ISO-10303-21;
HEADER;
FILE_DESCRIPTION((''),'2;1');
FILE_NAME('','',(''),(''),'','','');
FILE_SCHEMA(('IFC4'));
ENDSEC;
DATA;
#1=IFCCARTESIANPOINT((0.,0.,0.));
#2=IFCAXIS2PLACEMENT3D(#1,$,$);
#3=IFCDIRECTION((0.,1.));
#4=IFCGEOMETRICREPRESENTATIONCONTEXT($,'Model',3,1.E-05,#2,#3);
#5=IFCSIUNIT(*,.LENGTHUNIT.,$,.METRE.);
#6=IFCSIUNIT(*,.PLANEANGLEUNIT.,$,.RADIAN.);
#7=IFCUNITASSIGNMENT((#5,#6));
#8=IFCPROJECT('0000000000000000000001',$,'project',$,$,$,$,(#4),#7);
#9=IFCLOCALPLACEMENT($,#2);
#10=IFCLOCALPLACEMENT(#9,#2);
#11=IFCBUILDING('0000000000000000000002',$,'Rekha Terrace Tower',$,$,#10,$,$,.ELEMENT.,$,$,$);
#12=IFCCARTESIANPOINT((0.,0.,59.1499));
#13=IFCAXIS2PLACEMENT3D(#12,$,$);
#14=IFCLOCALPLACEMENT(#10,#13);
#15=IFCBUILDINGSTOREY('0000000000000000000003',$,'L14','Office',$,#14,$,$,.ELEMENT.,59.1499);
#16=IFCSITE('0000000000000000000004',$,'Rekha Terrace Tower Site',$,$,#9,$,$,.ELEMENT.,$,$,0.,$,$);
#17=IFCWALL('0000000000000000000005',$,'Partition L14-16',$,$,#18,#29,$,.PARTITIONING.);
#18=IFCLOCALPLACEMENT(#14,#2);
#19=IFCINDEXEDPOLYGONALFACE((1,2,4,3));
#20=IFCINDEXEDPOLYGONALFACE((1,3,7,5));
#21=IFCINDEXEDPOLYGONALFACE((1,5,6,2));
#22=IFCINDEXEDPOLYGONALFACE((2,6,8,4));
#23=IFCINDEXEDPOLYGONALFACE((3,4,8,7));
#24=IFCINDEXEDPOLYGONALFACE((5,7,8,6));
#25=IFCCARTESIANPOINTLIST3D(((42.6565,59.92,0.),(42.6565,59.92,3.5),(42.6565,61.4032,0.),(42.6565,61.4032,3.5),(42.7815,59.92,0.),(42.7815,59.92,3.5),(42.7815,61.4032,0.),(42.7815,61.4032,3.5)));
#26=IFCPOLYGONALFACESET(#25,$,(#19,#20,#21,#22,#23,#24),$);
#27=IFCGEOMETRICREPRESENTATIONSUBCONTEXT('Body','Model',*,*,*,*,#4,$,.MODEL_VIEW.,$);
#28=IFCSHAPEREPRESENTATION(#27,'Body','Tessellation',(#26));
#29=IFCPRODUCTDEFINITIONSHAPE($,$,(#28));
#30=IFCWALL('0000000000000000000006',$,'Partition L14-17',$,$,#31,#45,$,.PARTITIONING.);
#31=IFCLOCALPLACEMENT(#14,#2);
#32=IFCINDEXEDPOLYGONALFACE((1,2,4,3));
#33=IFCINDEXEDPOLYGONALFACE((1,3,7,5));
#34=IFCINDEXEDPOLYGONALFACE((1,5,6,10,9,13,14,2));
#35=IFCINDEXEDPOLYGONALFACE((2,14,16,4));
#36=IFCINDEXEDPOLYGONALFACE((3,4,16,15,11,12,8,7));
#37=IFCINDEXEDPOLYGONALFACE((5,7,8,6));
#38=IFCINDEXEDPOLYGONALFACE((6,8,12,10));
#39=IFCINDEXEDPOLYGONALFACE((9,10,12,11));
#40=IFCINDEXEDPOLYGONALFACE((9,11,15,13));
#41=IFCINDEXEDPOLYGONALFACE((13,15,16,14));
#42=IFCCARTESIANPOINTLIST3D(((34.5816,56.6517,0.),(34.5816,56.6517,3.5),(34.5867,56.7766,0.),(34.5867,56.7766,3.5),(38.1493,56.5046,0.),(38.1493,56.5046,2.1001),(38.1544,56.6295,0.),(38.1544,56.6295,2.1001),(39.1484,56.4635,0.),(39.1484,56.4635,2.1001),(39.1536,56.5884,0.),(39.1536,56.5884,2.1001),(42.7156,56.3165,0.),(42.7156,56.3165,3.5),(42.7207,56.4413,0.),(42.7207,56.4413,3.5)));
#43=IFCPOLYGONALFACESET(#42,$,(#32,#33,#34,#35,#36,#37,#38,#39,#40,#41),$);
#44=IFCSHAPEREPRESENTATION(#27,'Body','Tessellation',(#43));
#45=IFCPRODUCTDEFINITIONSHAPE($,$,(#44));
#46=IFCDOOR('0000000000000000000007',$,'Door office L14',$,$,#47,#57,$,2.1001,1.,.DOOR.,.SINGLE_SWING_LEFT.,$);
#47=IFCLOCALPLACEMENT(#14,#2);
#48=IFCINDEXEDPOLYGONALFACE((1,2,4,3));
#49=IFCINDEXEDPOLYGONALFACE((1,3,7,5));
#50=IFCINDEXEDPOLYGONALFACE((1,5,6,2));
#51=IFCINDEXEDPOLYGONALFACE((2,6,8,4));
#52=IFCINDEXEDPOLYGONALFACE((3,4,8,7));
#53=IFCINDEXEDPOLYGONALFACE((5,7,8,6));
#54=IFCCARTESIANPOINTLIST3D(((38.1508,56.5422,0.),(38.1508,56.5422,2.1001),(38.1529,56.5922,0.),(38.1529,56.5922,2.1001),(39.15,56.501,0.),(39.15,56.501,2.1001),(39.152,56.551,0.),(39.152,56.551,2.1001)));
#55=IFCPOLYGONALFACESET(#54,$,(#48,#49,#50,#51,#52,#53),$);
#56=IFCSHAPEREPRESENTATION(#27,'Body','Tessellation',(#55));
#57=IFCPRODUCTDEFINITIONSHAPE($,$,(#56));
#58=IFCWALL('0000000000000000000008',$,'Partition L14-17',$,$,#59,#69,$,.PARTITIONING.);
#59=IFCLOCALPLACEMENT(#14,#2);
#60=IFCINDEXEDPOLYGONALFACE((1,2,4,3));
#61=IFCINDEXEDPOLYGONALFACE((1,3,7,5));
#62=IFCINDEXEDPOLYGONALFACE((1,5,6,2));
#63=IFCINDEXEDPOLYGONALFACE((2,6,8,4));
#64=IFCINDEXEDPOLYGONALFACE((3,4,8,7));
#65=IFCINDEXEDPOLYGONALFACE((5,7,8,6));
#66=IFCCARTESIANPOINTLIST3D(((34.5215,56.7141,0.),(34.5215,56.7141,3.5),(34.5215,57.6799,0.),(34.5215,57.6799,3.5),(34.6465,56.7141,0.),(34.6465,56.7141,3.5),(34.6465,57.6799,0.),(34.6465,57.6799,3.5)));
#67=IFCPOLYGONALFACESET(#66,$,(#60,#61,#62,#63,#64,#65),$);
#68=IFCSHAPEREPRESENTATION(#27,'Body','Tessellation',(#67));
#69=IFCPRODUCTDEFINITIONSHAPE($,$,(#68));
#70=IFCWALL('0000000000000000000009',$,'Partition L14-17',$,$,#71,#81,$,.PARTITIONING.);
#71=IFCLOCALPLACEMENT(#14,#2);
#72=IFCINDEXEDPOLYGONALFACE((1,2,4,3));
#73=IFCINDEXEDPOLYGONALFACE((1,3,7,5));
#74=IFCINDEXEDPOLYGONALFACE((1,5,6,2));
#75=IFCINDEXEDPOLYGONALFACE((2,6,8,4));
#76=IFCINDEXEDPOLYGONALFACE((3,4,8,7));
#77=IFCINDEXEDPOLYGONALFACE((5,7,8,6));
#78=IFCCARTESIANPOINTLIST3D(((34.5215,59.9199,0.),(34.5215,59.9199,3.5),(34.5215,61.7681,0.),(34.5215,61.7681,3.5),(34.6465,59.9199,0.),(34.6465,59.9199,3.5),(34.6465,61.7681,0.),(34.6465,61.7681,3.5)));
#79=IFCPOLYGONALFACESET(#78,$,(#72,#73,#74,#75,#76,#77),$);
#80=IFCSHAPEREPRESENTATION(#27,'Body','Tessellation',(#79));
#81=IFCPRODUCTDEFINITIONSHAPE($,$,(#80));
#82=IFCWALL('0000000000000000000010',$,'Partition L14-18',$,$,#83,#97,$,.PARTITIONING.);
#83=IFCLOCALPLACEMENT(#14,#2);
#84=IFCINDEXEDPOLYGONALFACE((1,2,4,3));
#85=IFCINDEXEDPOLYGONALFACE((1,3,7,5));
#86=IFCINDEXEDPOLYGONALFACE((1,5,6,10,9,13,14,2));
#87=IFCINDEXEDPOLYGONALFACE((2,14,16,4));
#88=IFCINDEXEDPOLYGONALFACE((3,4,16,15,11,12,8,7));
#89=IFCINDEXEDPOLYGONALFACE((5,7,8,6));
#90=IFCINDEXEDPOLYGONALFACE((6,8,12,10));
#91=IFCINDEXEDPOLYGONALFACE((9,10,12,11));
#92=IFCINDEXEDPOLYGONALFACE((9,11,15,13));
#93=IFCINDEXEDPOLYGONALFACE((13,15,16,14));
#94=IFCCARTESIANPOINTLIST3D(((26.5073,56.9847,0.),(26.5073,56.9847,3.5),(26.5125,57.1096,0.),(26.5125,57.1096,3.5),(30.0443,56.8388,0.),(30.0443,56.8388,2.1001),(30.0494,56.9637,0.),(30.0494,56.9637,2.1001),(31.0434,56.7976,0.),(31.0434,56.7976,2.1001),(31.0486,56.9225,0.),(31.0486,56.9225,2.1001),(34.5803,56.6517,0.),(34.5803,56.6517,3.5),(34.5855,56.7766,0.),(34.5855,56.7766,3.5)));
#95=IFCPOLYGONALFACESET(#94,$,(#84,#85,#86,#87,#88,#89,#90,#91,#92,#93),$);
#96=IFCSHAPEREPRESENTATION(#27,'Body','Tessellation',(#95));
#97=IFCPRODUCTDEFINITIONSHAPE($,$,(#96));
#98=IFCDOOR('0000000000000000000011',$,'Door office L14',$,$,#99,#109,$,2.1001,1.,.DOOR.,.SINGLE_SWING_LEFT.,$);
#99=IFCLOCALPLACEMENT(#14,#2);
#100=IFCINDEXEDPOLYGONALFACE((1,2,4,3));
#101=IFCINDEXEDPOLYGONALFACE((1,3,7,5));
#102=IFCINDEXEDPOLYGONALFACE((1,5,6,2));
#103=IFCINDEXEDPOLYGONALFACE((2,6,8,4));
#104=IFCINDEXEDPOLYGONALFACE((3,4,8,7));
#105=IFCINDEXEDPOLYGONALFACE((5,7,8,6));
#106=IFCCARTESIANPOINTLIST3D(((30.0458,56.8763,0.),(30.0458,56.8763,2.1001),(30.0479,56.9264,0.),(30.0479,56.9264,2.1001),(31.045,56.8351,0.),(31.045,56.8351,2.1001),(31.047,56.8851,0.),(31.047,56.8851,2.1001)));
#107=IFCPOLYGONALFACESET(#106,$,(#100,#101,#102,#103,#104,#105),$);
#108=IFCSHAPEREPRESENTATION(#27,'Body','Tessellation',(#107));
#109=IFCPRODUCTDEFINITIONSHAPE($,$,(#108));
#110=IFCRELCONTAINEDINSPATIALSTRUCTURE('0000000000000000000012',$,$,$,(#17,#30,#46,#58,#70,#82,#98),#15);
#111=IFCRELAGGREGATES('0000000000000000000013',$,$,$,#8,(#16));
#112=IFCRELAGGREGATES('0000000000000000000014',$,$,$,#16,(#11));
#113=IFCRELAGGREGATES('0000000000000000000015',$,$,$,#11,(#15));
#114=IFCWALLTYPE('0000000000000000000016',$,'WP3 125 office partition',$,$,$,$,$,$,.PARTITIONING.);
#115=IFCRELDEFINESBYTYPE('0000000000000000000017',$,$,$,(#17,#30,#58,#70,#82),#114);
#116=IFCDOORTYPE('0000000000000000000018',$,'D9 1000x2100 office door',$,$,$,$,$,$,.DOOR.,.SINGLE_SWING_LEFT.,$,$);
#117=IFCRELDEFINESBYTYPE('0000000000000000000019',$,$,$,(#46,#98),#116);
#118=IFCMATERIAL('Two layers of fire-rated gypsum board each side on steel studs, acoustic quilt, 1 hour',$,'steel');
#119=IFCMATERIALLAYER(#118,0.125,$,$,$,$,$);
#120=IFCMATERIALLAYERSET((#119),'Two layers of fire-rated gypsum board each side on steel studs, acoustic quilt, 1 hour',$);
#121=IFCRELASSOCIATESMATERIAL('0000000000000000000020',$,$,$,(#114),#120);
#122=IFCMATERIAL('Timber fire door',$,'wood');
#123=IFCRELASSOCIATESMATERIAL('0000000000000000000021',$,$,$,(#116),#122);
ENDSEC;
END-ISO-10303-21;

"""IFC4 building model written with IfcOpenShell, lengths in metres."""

from ifc_helpers import new_model, si_unit, direction, frame, frame_2d, origin, place, context, subcontext, project, spatial, rectangle, extrude, material, layer, layer_set, type_object, element, fill, save


model = new_model("IFC4")

# Units and contexts
model_context = context("Model", 3, precision=1e-05, world=origin(), true_north=direction((0.0, 1.0)))
body_context = subcontext(model_context, "Body", "Model", "MODEL_VIEW")
ifc_project = project(units=[si_unit("LENGTHUNIT", "METRE"), si_unit("PLANEANGLEUNIT", "RADIAN")], contexts=[model_context])

# Site, building, storey
site_placement = place(None, origin())
site = spatial("IfcSite", under=ifc_project, at=site_placement, Name="Rekha Terrace Tower Site", CompositionType="ELEMENT", RefElevation=0.0)
building_placement = place(site_placement, origin())
building = spatial("IfcBuilding", under=site, at=building_placement, Name="Rekha Terrace Tower", CompositionType="ELEMENT")
storey_placement = place(building_placement, frame((0.0, 0.0, 59.1499)))
storey = spatial("IfcBuildingStorey", under=building, at=storey_placement, Name="L14", Description="Office", CompositionType="ELEMENT", Elevation=59.1499)

# Wall
ifc_material_1 = material(Name="Two layers of fire-rated gypsum board each side on steel studs, acoustic quilt, 1 hour", Category="steel")
ifc_layer_1 = layer(ifc_material_1, 0.125)
ifc_layer_set_1 = layer_set([ifc_layer_1], Name="Two layers of fire-rated gypsum board each side on steel studs, acoustic quilt, 1 hour")
wall_type_1 = type_object("IfcWallType", Name="WP3 125 office partition", PredefinedType="PARTITIONING", material=ifc_layer_set_1)
wall_1_placement = place(storey_placement, frame((42.719, 59.9199, 0.0), z_axis=(0.0, 0.0, 1.0), x_axis=(0.0, 1.0, 0.0)))
element("IfcWall", 1, at=wall_1_placement, inside=storey, type_object=wall_type_1, Name="Partition L14-16", PredefinedType="PARTITIONING", context=body_context, shape_type="SweptSolid", body=[
    extrude(rectangle(XDim=1.4832, YDim=0.125, at=frame_2d((0.7417, 0.0))), origin(), (0.0, 0.0, 1.0), 3.5),
])

# Wall, opening, door
wall_2_placement = place(storey_placement, frame((42.718, 56.3789, 0.0), z_axis=(0.0, 0.0, 1.0), x_axis=(-0.999152, 0.041175, 0.0)))
wall_2 = element("IfcWall", 2, at=wall_2_placement, inside=storey, type_object=wall_type_1, Name="Partition L14-17", PredefinedType="PARTITIONING", context=body_context, shape_type="SweptSolid", body=[
    extrude(rectangle(XDim=8.1409, YDim=0.125, at=frame_2d((4.0703, 0.0))), origin(), (0.0, 0.0, 1.0), 3.5),
])
opening_1_placement = place(wall_2_placement, frame((3.5701, 0.0, 0.0)))
opening_1 = element("IfcOpeningElement", 3, at=opening_1_placement, cuts=wall_2, PredefinedType="OPENING", context=body_context, shape_type="SweptSolid", body=[
    extrude(rectangle(XDim=1.0, YDim=2.1001, at=frame_2d((0.5, 1.05))), frame((0.0, 0.0725, 0.0), z_axis=(0.0, -1.0, 0.0), x_axis=(1.0, 0.0, 0.0)), (0.0, 0.0, 1.0), 0.145),
])
ifc_material_2 = material(Name="Timber fire door", Category="wood")
door_type_1 = type_object("IfcDoorType", Name="D9 1000x2100 office door", OperationType="SINGLE_SWING_LEFT", PredefinedType="DOOR", material=ifc_material_2)
door_1_placement = place(opening_1_placement, origin())
door_1 = element("IfcDoor", 4, at=door_1_placement, inside=storey, type_object=door_type_1, Name="Door office L14", OperationType="SINGLE_SWING_LEFT", OverallHeight=2.1001, OverallWidth=1.0, PredefinedType="DOOR", context=body_context, shape_type="SweptSolid", body=[
    extrude(rectangle(XDim=1.0, YDim=2.1001, at=frame_2d((0.5, 1.05))), frame((0.0, 0.0249, 0.0), z_axis=(0.0, -1.0, 0.0), x_axis=(1.0, 0.0, 0.0)), (0.0, 0.0, 1.0), 0.05),
])
fill(opening_1, door_1)

# Walls
wall_3_placement = place(storey_placement, frame((34.584, 56.7141, 0.0), z_axis=(0.0, 0.0, 1.0), x_axis=(0.0, 1.0, 0.0)))
element("IfcWall", 5, at=wall_3_placement, inside=storey, type_object=wall_type_1, Name="Partition L14-17", PredefinedType="PARTITIONING", context=body_context, shape_type="SweptSolid", body=[
    extrude(rectangle(XDim=0.9658, YDim=0.125, at=frame_2d((0.4829, 0.0))), origin(), (0.0, 0.0, 1.0), 3.5),
])
wall_4_placement = place(storey_placement, frame((34.584, 59.9199, 0.0), z_axis=(0.0, 0.0, 1.0), x_axis=(0.0, 1.0, 0.0)))
element("IfcWall", 6, at=wall_4_placement, inside=storey, type_object=wall_type_1, Name="Partition L14-17", PredefinedType="PARTITIONING", context=body_context, shape_type="SweptSolid", body=[
    extrude(rectangle(XDim=1.8481, YDim=0.125, at=frame_2d((0.9241, 0.0))), origin(), (0.0, 0.0, 1.0), 3.5),
])

# Wall, opening, door
wall_5_placement = place(storey_placement, frame((34.583, 56.7141, 0.0), z_axis=(0.0, 0.0, 1.0), x_axis=(-0.99915, 0.041215, 0.0)))
wall_5 = element("IfcWall", 7, at=wall_5_placement, inside=storey, type_object=wall_type_1, Name="Partition L14-18", PredefinedType="PARTITIONING", context=body_context, shape_type="SweptSolid", body=[
    extrude(rectangle(XDim=8.0798, YDim=0.125, at=frame_2d((4.04, 0.0))), origin(), (0.0, 0.0, 1.0), 3.5),
])
opening_2_placement = place(wall_5_placement, frame((3.54, 0.0, 0.0)))
opening_2 = element("IfcOpeningElement", 8, at=opening_2_placement, cuts=wall_5, PredefinedType="OPENING", context=body_context, shape_type="SweptSolid", body=[
    extrude(rectangle(XDim=1.0, YDim=2.1001, at=frame_2d((0.5, 1.05))), frame((0.0, 0.0725, 0.0), z_axis=(0.0, -1.0, 0.0), x_axis=(1.0, 0.0, 0.0)), (0.0, 0.0, 1.0), 0.145),
])
door_2_placement = place(opening_2_placement, origin())
door_2 = element("IfcDoor", 9, at=door_2_placement, inside=storey, type_object=door_type_1, Name="Door office L14", OperationType="SINGLE_SWING_LEFT", OverallHeight=2.1001, OverallWidth=1.0, PredefinedType="DOOR", context=body_context, shape_type="SweptSolid", body=[
    extrude(rectangle(XDim=1.0, YDim=2.1001, at=frame_2d((0.5, 1.05))), frame((0.0, 0.0249, 0.0), z_axis=(0.0, -1.0, 0.0), x_axis=(1.0, 0.0, 0.0)), (0.0, 0.0, 1.0), 0.05),
])
fill(opening_2, door_2)

save(model, "model.ifc")
